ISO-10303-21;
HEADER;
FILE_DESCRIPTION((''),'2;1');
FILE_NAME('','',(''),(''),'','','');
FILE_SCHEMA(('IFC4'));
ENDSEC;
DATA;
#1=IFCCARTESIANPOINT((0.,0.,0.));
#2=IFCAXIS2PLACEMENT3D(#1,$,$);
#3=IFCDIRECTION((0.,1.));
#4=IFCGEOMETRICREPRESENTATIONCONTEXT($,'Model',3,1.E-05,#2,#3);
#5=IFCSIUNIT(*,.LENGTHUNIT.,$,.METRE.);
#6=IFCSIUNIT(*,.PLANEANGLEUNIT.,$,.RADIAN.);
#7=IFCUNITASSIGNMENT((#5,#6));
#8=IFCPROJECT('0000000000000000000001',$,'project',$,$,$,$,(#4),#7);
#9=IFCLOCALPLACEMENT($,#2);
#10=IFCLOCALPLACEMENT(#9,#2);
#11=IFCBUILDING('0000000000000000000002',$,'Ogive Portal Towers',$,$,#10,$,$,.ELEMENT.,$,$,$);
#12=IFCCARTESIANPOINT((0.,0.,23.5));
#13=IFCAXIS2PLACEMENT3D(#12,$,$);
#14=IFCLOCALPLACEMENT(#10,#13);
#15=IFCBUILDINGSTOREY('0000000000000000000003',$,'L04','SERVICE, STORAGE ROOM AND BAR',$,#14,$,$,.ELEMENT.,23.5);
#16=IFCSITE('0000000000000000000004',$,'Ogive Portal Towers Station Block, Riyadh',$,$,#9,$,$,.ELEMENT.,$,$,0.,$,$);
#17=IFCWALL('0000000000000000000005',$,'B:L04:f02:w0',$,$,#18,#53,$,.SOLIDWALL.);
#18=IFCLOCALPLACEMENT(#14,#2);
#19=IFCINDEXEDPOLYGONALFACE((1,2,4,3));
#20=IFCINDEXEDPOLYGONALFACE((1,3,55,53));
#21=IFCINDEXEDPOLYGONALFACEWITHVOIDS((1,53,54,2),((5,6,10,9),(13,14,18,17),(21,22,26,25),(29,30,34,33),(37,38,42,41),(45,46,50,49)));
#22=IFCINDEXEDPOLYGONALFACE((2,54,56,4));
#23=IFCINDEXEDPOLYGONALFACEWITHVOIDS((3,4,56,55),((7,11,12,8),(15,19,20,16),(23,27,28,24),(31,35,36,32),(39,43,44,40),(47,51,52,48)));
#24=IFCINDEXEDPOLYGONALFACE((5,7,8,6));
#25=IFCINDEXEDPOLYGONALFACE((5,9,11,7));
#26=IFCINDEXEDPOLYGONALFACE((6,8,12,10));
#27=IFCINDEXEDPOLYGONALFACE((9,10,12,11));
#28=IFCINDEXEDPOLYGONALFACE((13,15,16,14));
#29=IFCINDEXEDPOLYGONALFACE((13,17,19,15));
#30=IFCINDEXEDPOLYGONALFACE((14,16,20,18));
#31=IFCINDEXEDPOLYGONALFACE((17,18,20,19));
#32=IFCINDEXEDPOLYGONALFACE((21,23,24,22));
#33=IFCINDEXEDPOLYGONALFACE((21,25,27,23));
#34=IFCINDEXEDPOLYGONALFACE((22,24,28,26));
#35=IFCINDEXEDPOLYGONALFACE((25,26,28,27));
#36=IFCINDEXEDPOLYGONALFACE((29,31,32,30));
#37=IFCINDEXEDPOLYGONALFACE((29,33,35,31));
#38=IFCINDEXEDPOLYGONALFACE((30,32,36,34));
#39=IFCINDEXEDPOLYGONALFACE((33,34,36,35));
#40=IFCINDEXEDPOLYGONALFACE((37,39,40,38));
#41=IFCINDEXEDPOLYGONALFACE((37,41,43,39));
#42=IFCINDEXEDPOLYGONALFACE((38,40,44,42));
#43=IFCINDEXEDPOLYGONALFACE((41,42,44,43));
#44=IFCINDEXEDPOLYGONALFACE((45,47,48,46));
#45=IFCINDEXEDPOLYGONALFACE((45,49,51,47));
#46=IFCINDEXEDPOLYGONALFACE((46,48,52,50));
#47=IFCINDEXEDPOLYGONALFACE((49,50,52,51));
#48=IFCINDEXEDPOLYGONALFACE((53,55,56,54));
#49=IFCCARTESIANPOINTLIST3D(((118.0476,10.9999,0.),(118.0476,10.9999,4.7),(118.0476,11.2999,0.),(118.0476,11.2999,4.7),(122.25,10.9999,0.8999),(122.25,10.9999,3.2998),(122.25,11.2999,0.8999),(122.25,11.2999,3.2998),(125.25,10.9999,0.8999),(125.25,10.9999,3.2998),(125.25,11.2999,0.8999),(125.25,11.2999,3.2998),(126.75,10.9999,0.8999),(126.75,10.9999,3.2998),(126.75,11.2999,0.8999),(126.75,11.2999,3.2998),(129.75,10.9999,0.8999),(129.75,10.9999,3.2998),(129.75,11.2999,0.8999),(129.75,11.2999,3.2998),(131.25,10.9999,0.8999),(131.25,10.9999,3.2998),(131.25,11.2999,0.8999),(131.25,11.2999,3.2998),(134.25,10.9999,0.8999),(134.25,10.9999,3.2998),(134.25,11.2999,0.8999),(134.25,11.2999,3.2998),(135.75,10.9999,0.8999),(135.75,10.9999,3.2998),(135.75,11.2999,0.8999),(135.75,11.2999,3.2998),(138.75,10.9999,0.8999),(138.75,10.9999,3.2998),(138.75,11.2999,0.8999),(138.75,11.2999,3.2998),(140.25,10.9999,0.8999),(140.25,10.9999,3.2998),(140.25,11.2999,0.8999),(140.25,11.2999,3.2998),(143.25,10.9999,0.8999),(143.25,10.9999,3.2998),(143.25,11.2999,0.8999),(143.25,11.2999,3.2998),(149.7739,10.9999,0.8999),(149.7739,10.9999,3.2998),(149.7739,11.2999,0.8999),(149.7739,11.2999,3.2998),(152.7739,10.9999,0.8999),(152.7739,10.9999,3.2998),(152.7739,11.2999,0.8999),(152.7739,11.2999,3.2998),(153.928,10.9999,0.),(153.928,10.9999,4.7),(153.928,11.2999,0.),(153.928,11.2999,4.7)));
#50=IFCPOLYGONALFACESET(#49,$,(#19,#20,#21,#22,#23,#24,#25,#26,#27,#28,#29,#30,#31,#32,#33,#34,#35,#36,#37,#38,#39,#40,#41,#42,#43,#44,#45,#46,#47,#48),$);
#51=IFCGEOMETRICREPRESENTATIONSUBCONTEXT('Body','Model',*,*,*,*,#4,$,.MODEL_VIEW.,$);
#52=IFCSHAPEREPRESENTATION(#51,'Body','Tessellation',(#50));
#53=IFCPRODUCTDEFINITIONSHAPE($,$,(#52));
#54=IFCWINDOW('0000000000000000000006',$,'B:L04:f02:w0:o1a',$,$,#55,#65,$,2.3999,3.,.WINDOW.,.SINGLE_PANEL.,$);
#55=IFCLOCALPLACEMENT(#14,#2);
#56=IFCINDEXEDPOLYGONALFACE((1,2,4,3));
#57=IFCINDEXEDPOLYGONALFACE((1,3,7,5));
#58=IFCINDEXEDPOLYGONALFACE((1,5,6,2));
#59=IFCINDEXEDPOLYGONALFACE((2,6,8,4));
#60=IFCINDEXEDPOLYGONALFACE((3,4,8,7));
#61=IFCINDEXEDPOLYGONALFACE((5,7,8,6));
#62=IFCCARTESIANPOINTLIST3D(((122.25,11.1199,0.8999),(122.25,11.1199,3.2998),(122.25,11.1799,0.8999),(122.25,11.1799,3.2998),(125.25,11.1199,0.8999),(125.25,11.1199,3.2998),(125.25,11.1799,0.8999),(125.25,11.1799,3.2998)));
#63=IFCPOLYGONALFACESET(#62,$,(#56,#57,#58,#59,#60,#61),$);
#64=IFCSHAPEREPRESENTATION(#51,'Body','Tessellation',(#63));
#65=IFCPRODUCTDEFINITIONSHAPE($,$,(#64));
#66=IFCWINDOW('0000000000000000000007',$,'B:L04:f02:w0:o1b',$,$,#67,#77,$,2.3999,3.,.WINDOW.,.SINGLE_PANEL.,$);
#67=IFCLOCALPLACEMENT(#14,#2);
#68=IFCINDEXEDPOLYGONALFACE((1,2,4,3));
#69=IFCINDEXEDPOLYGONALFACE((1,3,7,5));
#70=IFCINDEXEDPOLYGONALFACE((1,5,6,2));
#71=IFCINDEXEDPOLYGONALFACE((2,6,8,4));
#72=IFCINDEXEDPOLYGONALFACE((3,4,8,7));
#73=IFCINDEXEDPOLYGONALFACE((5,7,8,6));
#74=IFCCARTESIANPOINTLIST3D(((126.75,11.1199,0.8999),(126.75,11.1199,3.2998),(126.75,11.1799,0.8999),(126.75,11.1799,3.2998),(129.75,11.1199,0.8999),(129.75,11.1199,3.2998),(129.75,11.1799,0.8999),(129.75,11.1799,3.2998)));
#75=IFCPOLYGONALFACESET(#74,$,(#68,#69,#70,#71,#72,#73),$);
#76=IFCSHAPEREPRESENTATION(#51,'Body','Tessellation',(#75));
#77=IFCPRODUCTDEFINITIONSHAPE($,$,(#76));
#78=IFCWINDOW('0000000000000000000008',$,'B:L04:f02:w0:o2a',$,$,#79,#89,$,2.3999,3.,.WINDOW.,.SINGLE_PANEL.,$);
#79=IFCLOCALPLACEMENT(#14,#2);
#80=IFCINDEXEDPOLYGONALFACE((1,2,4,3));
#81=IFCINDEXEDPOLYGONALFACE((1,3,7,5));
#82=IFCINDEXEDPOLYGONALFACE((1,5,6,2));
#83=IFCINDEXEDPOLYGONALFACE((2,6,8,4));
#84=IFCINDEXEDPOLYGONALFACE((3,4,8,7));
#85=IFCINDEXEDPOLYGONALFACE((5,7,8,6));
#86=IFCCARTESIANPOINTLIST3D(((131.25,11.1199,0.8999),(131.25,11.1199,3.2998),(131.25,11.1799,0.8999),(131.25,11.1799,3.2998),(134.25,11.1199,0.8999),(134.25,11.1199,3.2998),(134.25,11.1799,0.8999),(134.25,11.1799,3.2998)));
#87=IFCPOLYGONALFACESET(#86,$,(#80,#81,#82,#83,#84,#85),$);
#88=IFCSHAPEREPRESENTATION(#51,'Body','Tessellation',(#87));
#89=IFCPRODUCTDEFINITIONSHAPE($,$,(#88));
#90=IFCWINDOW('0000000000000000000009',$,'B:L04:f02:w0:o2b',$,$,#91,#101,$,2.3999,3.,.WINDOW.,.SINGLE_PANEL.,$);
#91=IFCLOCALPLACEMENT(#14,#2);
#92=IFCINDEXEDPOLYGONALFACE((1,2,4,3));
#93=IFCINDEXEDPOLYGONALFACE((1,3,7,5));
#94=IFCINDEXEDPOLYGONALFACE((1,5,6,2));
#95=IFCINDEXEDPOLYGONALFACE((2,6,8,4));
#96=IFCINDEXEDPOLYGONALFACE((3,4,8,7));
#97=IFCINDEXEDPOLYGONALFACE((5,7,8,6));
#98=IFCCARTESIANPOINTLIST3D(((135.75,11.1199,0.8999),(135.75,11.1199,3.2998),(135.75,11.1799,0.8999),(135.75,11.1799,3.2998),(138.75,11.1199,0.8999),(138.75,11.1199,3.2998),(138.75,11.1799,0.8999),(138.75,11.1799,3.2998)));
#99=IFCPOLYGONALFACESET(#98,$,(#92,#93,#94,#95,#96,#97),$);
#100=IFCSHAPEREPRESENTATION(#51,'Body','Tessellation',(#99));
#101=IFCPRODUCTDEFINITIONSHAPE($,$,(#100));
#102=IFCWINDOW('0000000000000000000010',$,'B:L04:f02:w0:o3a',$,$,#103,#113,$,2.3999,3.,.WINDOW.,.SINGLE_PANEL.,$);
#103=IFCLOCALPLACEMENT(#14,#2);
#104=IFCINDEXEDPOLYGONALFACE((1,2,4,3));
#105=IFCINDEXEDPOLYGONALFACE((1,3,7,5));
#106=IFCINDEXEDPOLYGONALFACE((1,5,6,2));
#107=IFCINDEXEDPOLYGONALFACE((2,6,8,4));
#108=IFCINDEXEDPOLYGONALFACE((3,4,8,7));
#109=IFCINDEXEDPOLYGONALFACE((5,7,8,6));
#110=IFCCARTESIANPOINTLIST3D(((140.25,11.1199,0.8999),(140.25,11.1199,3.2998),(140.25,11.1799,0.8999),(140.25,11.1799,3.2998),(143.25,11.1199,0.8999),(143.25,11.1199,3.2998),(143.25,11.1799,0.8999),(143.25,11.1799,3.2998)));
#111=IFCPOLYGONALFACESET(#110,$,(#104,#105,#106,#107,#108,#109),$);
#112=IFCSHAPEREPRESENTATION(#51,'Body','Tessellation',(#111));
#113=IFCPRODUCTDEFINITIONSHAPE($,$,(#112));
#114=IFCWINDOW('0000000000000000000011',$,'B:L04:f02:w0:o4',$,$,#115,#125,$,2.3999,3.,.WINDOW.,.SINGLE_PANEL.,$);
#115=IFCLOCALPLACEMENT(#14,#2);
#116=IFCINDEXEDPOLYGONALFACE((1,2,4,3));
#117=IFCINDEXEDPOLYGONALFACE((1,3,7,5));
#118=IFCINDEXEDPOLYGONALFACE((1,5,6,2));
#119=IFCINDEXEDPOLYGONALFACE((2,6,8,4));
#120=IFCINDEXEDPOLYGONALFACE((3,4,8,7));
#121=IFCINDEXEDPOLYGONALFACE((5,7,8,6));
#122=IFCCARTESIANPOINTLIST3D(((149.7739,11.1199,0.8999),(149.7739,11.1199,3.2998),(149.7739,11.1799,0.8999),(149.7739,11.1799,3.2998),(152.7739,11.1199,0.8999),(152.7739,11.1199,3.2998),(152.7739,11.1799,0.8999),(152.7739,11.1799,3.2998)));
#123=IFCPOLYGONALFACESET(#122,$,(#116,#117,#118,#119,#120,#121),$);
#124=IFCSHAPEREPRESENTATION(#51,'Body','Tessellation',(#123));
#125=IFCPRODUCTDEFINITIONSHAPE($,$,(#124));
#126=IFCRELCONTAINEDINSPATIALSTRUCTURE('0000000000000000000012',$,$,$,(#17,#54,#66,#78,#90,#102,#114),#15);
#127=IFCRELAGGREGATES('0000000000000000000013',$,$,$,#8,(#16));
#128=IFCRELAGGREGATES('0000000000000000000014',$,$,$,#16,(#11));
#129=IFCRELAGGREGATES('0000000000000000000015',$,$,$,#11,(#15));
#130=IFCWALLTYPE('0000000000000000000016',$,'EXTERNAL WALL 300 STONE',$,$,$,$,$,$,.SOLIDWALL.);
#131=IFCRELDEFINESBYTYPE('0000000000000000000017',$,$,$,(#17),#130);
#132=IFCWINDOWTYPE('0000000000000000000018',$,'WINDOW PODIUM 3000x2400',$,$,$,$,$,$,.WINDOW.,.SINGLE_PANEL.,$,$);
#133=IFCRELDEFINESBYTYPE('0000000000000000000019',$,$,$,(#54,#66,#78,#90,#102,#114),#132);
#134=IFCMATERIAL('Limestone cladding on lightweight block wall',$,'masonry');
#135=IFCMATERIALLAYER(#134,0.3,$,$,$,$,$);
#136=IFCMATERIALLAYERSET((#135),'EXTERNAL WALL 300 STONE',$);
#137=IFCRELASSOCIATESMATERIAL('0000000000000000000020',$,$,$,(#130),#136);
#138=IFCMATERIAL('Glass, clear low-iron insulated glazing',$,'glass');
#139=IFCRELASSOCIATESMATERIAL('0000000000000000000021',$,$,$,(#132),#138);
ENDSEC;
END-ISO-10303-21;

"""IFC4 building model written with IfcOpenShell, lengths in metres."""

from ifc_helpers import new_model, si_unit, direction, frame, frame_2d, origin, place, context, subcontext, project, spatial, rectangle, extrude, material, layer, layer_set, type_object, element, fill, save


model = new_model("IFC4")

# Units and contexts
model_context = context("Model", 3, precision=1e-05, world=origin(), true_north=direction((0.0, 1.0)))
body_context = subcontext(model_context, "Body", "Model", "MODEL_VIEW")
ifc_project = project(units=[si_unit("LENGTHUNIT", "METRE"), si_unit("PLANEANGLEUNIT", "RADIAN")], contexts=[model_context])

# Site, building, storey
site_placement = place(None, origin())
site = spatial("IfcSite", under=ifc_project, at=site_placement, Name="Ogive Portal Towers Station Block, Riyadh", CompositionType="ELEMENT", RefElevation=0.0)
building_placement = place(site_placement, origin())
building = spatial("IfcBuilding", under=site, at=building_placement, Name="Ogive Portal Towers", CompositionType="ELEMENT")
storey_placement = place(building_placement, frame((0.0, 0.0, 23.5)))
storey = spatial("IfcBuildingStorey", under=building, at=storey_placement, Name="L04", Description="SERVICE, STORAGE ROOM AND BAR", CompositionType="ELEMENT", Elevation=23.5)

# Shared definitions
ifc_material_1 = material(Name="Limestone cladding on lightweight block wall", Category="masonry")
ifc_layer_1 = layer(ifc_material_1, 0.3)
ifc_layer_set_1 = layer_set([ifc_layer_1], Name="EXTERNAL WALL 300 STONE")
wall_type_1 = type_object("IfcWallType", Name="EXTERNAL WALL 300 STONE", PredefinedType="SOLIDWALL", material=ifc_layer_set_1)

# Wall, openings, windows
wall_1_placement = place(storey_placement, frame((118.0476, 11.1499, 0.0), z_axis=(0.0, 0.0, 1.0), x_axis=(1.0, 0.0, 0.0)))
wall_1 = element("IfcWall", 1, at=wall_1_placement, inside=storey, type_object=wall_type_1, Name="B:L04:f02:w0", PredefinedType="SOLIDWALL", context=body_context, shape_type="SweptSolid", body=[
    extrude(rectangle(XDim=35.8804, YDim=0.3, at=frame_2d((17.9402, 0.0))), origin(), (0.0, 0.0, 1.0), 4.7),
])
opening_1_placement = place(wall_1_placement, frame((4.2024, 0.0, 0.8999)))
opening_1 = element("IfcOpeningElement", 2, at=opening_1_placement, cuts=wall_1, PredefinedType="OPENING", context=body_context, shape_type="SweptSolid", body=[
    extrude(rectangle(XDim=3.0, YDim=2.3999, at=frame_2d((1.5, 1.2))), frame((0.0, 0.1602, 0.0), z_axis=(0.0, -1.0, 0.0), x_axis=(1.0, 0.0, 0.0)), (0.0, 0.0, 1.0), 0.3201),
])
opening_2_placement = place(wall_1_placement, frame((8.7024, 0.0, 0.8999)))
opening_2 = element("IfcOpeningElement", 3, at=opening_2_placement, cuts=wall_1, PredefinedType="OPENING", context=body_context, shape_type="SweptSolid", body=[
    extrude(rectangle(XDim=3.0, YDim=2.3999, at=frame_2d((1.5, 1.2))), frame((0.0, 0.1602, 0.0), z_axis=(0.0, -1.0, 0.0), x_axis=(1.0, 0.0, 0.0)), (0.0, 0.0, 1.0), 0.3201),
])
opening_3_placement = place(wall_1_placement, frame((13.2024, 0.0, 0.8999)))
opening_3 = element("IfcOpeningElement", 4, at=opening_3_placement, cuts=wall_1, PredefinedType="OPENING", context=body_context, shape_type="SweptSolid", body=[
    extrude(rectangle(XDim=3.0, YDim=2.3999, at=frame_2d((1.5, 1.2))), frame((0.0, 0.1602, 0.0), z_axis=(0.0, -1.0, 0.0), x_axis=(1.0, 0.0, 0.0)), (0.0, 0.0, 1.0), 0.3201),
])
opening_4_placement = place(wall_1_placement, frame((17.7024, 0.0, 0.8999)))
opening_4 = element("IfcOpeningElement", 5, at=opening_4_placement, cuts=wall_1, PredefinedType="OPENING", context=body_context, shape_type="SweptSolid", body=[
    extrude(rectangle(XDim=3.0, YDim=2.3999, at=frame_2d((1.5, 1.2))), frame((0.0, 0.1602, 0.0), z_axis=(0.0, -1.0, 0.0), x_axis=(1.0, 0.0, 0.0)), (0.0, 0.0, 1.0), 0.3201),
])
opening_5_placement = place(wall_1_placement, frame((22.2024, 0.0, 0.8999)))
opening_5 = element("IfcOpeningElement", 6, at=opening_5_placement, cuts=wall_1, PredefinedType="OPENING", context=body_context, shape_type="SweptSolid", body=[
    extrude(rectangle(XDim=3.0, YDim=2.3999, at=frame_2d((1.5, 1.2))), frame((0.0, 0.1602, 0.0), z_axis=(0.0, -1.0, 0.0), x_axis=(1.0, 0.0, 0.0)), (0.0, 0.0, 1.0), 0.3201),
])
opening_6_placement = place(wall_1_placement, frame((31.7263, 0.0, 0.8999)))
opening_6 = element("IfcOpeningElement", 7, at=opening_6_placement, cuts=wall_1, PredefinedType="OPENING", context=body_context, shape_type="SweptSolid", body=[
    extrude(rectangle(XDim=3.0, YDim=2.3999, at=frame_2d((1.5, 1.2))), frame((0.0, 0.1602, 0.0), z_axis=(0.0, -1.0, 0.0), x_axis=(1.0, 0.0, 0.0)), (0.0, 0.0, 1.0), 0.3201),
])
ifc_material_2 = material(Name="Glass, clear low-iron insulated glazing", Category="glass")
window_type = type_object("IfcWindowType", Name="WINDOW PODIUM 3000x2400", PartitioningType="SINGLE_PANEL", PredefinedType="WINDOW", material=ifc_material_2)
window_1_placement = place(opening_1_placement, origin())
window_1 = element("IfcWindow", 8, at=window_1_placement, inside=storey, type_object=window_type, Name="B:L04:f02:w0:o1a", OverallHeight=2.3999, OverallWidth=3.0, PartitioningType="SINGLE_PANEL", PredefinedType="WINDOW", context=body_context, shape_type="SweptSolid", body=[
    extrude(rectangle(XDim=3.0, YDim=2.3999, at=frame_2d((1.5, 1.2))), frame((0.0, 0.03, 0.0), z_axis=(0.0, -1.0, 0.0), x_axis=(1.0, 0.0, 0.0)), (0.0, 0.0, 1.0), 0.0601),
])
fill(opening_1, window_1)
window_2_placement = place(opening_2_placement, origin())
window_2 = element("IfcWindow", 9, at=window_2_placement, inside=storey, type_object=window_type, Name="B:L04:f02:w0:o1b", OverallHeight=2.3999, OverallWidth=3.0, PartitioningType="SINGLE_PANEL", PredefinedType="WINDOW", context=body_context, shape_type="SweptSolid", body=[
    extrude(rectangle(XDim=3.0, YDim=2.3999, at=frame_2d((1.5, 1.2))), frame((0.0, 0.03, 0.0), z_axis=(0.0, -1.0, 0.0), x_axis=(1.0, 0.0, 0.0)), (0.0, 0.0, 1.0), 0.0601),
])
fill(opening_2, window_2)
window_3_placement = place(opening_3_placement, origin())
window_3 = element("IfcWindow", 10, at=window_3_placement, inside=storey, type_object=window_type, Name="B:L04:f02:w0:o2a", OverallHeight=2.3999, OverallWidth=3.0, PartitioningType="SINGLE_PANEL", PredefinedType="WINDOW", context=body_context, shape_type="SweptSolid", body=[
    extrude(rectangle(XDim=3.0, YDim=2.3999, at=frame_2d((1.5, 1.2))), frame((0.0, 0.03, 0.0), z_axis=(0.0, -1.0, 0.0), x_axis=(1.0, 0.0, 0.0)), (0.0, 0.0, 1.0), 0.0601),
])
fill(opening_3, window_3)
window_4_placement = place(opening_4_placement, origin())
window_4 = element("IfcWindow", 11, at=window_4_placement, inside=storey, type_object=window_type, Name="B:L04:f02:w0:o2b", OverallHeight=2.3999, OverallWidth=3.0, PartitioningType="SINGLE_PANEL", PredefinedType="WINDOW", context=body_context, shape_type="SweptSolid", body=[
    extrude(rectangle(XDim=3.0, YDim=2.3999, at=frame_2d((1.5, 1.2))), frame((0.0, 0.03, 0.0), z_axis=(0.0, -1.0, 0.0), x_axis=(1.0, 0.0, 0.0)), (0.0, 0.0, 1.0), 0.0601),
])
fill(opening_4, window_4)
window_5_placement = place(opening_5_placement, origin())
window_5 = element("IfcWindow", 12, at=window_5_placement, inside=storey, type_object=window_type, Name="B:L04:f02:w0:o3a", OverallHeight=2.3999, OverallWidth=3.0, PartitioningType="SINGLE_PANEL", PredefinedType="WINDOW", context=body_context, shape_type="SweptSolid", body=[
    extrude(rectangle(XDim=3.0, YDim=2.3999, at=frame_2d((1.5, 1.2))), frame((0.0, 0.03, 0.0), z_axis=(0.0, -1.0, 0.0), x_axis=(1.0, 0.0, 0.0)), (0.0, 0.0, 1.0), 0.0601),
])
fill(opening_5, window_5)
window_6_placement = place(opening_6_placement, origin())
window_6 = element("IfcWindow", 13, at=window_6_placement, inside=storey, type_object=window_type, Name="B:L04:f02:w0:o4", OverallHeight=2.3999, OverallWidth=3.0, PartitioningType="SINGLE_PANEL", PredefinedType="WINDOW", context=body_context, shape_type="SweptSolid", body=[
    extrude(rectangle(XDim=3.0, YDim=2.3999, at=frame_2d((1.5, 1.2))), frame((0.0, 0.03, 0.0), z_axis=(0.0, -1.0, 0.0), x_axis=(1.0, 0.0, 0.0)), (0.0, 0.0, 1.0), 0.0601),
])
fill(opening_6, window_6)

save(model, "model.ifc")
